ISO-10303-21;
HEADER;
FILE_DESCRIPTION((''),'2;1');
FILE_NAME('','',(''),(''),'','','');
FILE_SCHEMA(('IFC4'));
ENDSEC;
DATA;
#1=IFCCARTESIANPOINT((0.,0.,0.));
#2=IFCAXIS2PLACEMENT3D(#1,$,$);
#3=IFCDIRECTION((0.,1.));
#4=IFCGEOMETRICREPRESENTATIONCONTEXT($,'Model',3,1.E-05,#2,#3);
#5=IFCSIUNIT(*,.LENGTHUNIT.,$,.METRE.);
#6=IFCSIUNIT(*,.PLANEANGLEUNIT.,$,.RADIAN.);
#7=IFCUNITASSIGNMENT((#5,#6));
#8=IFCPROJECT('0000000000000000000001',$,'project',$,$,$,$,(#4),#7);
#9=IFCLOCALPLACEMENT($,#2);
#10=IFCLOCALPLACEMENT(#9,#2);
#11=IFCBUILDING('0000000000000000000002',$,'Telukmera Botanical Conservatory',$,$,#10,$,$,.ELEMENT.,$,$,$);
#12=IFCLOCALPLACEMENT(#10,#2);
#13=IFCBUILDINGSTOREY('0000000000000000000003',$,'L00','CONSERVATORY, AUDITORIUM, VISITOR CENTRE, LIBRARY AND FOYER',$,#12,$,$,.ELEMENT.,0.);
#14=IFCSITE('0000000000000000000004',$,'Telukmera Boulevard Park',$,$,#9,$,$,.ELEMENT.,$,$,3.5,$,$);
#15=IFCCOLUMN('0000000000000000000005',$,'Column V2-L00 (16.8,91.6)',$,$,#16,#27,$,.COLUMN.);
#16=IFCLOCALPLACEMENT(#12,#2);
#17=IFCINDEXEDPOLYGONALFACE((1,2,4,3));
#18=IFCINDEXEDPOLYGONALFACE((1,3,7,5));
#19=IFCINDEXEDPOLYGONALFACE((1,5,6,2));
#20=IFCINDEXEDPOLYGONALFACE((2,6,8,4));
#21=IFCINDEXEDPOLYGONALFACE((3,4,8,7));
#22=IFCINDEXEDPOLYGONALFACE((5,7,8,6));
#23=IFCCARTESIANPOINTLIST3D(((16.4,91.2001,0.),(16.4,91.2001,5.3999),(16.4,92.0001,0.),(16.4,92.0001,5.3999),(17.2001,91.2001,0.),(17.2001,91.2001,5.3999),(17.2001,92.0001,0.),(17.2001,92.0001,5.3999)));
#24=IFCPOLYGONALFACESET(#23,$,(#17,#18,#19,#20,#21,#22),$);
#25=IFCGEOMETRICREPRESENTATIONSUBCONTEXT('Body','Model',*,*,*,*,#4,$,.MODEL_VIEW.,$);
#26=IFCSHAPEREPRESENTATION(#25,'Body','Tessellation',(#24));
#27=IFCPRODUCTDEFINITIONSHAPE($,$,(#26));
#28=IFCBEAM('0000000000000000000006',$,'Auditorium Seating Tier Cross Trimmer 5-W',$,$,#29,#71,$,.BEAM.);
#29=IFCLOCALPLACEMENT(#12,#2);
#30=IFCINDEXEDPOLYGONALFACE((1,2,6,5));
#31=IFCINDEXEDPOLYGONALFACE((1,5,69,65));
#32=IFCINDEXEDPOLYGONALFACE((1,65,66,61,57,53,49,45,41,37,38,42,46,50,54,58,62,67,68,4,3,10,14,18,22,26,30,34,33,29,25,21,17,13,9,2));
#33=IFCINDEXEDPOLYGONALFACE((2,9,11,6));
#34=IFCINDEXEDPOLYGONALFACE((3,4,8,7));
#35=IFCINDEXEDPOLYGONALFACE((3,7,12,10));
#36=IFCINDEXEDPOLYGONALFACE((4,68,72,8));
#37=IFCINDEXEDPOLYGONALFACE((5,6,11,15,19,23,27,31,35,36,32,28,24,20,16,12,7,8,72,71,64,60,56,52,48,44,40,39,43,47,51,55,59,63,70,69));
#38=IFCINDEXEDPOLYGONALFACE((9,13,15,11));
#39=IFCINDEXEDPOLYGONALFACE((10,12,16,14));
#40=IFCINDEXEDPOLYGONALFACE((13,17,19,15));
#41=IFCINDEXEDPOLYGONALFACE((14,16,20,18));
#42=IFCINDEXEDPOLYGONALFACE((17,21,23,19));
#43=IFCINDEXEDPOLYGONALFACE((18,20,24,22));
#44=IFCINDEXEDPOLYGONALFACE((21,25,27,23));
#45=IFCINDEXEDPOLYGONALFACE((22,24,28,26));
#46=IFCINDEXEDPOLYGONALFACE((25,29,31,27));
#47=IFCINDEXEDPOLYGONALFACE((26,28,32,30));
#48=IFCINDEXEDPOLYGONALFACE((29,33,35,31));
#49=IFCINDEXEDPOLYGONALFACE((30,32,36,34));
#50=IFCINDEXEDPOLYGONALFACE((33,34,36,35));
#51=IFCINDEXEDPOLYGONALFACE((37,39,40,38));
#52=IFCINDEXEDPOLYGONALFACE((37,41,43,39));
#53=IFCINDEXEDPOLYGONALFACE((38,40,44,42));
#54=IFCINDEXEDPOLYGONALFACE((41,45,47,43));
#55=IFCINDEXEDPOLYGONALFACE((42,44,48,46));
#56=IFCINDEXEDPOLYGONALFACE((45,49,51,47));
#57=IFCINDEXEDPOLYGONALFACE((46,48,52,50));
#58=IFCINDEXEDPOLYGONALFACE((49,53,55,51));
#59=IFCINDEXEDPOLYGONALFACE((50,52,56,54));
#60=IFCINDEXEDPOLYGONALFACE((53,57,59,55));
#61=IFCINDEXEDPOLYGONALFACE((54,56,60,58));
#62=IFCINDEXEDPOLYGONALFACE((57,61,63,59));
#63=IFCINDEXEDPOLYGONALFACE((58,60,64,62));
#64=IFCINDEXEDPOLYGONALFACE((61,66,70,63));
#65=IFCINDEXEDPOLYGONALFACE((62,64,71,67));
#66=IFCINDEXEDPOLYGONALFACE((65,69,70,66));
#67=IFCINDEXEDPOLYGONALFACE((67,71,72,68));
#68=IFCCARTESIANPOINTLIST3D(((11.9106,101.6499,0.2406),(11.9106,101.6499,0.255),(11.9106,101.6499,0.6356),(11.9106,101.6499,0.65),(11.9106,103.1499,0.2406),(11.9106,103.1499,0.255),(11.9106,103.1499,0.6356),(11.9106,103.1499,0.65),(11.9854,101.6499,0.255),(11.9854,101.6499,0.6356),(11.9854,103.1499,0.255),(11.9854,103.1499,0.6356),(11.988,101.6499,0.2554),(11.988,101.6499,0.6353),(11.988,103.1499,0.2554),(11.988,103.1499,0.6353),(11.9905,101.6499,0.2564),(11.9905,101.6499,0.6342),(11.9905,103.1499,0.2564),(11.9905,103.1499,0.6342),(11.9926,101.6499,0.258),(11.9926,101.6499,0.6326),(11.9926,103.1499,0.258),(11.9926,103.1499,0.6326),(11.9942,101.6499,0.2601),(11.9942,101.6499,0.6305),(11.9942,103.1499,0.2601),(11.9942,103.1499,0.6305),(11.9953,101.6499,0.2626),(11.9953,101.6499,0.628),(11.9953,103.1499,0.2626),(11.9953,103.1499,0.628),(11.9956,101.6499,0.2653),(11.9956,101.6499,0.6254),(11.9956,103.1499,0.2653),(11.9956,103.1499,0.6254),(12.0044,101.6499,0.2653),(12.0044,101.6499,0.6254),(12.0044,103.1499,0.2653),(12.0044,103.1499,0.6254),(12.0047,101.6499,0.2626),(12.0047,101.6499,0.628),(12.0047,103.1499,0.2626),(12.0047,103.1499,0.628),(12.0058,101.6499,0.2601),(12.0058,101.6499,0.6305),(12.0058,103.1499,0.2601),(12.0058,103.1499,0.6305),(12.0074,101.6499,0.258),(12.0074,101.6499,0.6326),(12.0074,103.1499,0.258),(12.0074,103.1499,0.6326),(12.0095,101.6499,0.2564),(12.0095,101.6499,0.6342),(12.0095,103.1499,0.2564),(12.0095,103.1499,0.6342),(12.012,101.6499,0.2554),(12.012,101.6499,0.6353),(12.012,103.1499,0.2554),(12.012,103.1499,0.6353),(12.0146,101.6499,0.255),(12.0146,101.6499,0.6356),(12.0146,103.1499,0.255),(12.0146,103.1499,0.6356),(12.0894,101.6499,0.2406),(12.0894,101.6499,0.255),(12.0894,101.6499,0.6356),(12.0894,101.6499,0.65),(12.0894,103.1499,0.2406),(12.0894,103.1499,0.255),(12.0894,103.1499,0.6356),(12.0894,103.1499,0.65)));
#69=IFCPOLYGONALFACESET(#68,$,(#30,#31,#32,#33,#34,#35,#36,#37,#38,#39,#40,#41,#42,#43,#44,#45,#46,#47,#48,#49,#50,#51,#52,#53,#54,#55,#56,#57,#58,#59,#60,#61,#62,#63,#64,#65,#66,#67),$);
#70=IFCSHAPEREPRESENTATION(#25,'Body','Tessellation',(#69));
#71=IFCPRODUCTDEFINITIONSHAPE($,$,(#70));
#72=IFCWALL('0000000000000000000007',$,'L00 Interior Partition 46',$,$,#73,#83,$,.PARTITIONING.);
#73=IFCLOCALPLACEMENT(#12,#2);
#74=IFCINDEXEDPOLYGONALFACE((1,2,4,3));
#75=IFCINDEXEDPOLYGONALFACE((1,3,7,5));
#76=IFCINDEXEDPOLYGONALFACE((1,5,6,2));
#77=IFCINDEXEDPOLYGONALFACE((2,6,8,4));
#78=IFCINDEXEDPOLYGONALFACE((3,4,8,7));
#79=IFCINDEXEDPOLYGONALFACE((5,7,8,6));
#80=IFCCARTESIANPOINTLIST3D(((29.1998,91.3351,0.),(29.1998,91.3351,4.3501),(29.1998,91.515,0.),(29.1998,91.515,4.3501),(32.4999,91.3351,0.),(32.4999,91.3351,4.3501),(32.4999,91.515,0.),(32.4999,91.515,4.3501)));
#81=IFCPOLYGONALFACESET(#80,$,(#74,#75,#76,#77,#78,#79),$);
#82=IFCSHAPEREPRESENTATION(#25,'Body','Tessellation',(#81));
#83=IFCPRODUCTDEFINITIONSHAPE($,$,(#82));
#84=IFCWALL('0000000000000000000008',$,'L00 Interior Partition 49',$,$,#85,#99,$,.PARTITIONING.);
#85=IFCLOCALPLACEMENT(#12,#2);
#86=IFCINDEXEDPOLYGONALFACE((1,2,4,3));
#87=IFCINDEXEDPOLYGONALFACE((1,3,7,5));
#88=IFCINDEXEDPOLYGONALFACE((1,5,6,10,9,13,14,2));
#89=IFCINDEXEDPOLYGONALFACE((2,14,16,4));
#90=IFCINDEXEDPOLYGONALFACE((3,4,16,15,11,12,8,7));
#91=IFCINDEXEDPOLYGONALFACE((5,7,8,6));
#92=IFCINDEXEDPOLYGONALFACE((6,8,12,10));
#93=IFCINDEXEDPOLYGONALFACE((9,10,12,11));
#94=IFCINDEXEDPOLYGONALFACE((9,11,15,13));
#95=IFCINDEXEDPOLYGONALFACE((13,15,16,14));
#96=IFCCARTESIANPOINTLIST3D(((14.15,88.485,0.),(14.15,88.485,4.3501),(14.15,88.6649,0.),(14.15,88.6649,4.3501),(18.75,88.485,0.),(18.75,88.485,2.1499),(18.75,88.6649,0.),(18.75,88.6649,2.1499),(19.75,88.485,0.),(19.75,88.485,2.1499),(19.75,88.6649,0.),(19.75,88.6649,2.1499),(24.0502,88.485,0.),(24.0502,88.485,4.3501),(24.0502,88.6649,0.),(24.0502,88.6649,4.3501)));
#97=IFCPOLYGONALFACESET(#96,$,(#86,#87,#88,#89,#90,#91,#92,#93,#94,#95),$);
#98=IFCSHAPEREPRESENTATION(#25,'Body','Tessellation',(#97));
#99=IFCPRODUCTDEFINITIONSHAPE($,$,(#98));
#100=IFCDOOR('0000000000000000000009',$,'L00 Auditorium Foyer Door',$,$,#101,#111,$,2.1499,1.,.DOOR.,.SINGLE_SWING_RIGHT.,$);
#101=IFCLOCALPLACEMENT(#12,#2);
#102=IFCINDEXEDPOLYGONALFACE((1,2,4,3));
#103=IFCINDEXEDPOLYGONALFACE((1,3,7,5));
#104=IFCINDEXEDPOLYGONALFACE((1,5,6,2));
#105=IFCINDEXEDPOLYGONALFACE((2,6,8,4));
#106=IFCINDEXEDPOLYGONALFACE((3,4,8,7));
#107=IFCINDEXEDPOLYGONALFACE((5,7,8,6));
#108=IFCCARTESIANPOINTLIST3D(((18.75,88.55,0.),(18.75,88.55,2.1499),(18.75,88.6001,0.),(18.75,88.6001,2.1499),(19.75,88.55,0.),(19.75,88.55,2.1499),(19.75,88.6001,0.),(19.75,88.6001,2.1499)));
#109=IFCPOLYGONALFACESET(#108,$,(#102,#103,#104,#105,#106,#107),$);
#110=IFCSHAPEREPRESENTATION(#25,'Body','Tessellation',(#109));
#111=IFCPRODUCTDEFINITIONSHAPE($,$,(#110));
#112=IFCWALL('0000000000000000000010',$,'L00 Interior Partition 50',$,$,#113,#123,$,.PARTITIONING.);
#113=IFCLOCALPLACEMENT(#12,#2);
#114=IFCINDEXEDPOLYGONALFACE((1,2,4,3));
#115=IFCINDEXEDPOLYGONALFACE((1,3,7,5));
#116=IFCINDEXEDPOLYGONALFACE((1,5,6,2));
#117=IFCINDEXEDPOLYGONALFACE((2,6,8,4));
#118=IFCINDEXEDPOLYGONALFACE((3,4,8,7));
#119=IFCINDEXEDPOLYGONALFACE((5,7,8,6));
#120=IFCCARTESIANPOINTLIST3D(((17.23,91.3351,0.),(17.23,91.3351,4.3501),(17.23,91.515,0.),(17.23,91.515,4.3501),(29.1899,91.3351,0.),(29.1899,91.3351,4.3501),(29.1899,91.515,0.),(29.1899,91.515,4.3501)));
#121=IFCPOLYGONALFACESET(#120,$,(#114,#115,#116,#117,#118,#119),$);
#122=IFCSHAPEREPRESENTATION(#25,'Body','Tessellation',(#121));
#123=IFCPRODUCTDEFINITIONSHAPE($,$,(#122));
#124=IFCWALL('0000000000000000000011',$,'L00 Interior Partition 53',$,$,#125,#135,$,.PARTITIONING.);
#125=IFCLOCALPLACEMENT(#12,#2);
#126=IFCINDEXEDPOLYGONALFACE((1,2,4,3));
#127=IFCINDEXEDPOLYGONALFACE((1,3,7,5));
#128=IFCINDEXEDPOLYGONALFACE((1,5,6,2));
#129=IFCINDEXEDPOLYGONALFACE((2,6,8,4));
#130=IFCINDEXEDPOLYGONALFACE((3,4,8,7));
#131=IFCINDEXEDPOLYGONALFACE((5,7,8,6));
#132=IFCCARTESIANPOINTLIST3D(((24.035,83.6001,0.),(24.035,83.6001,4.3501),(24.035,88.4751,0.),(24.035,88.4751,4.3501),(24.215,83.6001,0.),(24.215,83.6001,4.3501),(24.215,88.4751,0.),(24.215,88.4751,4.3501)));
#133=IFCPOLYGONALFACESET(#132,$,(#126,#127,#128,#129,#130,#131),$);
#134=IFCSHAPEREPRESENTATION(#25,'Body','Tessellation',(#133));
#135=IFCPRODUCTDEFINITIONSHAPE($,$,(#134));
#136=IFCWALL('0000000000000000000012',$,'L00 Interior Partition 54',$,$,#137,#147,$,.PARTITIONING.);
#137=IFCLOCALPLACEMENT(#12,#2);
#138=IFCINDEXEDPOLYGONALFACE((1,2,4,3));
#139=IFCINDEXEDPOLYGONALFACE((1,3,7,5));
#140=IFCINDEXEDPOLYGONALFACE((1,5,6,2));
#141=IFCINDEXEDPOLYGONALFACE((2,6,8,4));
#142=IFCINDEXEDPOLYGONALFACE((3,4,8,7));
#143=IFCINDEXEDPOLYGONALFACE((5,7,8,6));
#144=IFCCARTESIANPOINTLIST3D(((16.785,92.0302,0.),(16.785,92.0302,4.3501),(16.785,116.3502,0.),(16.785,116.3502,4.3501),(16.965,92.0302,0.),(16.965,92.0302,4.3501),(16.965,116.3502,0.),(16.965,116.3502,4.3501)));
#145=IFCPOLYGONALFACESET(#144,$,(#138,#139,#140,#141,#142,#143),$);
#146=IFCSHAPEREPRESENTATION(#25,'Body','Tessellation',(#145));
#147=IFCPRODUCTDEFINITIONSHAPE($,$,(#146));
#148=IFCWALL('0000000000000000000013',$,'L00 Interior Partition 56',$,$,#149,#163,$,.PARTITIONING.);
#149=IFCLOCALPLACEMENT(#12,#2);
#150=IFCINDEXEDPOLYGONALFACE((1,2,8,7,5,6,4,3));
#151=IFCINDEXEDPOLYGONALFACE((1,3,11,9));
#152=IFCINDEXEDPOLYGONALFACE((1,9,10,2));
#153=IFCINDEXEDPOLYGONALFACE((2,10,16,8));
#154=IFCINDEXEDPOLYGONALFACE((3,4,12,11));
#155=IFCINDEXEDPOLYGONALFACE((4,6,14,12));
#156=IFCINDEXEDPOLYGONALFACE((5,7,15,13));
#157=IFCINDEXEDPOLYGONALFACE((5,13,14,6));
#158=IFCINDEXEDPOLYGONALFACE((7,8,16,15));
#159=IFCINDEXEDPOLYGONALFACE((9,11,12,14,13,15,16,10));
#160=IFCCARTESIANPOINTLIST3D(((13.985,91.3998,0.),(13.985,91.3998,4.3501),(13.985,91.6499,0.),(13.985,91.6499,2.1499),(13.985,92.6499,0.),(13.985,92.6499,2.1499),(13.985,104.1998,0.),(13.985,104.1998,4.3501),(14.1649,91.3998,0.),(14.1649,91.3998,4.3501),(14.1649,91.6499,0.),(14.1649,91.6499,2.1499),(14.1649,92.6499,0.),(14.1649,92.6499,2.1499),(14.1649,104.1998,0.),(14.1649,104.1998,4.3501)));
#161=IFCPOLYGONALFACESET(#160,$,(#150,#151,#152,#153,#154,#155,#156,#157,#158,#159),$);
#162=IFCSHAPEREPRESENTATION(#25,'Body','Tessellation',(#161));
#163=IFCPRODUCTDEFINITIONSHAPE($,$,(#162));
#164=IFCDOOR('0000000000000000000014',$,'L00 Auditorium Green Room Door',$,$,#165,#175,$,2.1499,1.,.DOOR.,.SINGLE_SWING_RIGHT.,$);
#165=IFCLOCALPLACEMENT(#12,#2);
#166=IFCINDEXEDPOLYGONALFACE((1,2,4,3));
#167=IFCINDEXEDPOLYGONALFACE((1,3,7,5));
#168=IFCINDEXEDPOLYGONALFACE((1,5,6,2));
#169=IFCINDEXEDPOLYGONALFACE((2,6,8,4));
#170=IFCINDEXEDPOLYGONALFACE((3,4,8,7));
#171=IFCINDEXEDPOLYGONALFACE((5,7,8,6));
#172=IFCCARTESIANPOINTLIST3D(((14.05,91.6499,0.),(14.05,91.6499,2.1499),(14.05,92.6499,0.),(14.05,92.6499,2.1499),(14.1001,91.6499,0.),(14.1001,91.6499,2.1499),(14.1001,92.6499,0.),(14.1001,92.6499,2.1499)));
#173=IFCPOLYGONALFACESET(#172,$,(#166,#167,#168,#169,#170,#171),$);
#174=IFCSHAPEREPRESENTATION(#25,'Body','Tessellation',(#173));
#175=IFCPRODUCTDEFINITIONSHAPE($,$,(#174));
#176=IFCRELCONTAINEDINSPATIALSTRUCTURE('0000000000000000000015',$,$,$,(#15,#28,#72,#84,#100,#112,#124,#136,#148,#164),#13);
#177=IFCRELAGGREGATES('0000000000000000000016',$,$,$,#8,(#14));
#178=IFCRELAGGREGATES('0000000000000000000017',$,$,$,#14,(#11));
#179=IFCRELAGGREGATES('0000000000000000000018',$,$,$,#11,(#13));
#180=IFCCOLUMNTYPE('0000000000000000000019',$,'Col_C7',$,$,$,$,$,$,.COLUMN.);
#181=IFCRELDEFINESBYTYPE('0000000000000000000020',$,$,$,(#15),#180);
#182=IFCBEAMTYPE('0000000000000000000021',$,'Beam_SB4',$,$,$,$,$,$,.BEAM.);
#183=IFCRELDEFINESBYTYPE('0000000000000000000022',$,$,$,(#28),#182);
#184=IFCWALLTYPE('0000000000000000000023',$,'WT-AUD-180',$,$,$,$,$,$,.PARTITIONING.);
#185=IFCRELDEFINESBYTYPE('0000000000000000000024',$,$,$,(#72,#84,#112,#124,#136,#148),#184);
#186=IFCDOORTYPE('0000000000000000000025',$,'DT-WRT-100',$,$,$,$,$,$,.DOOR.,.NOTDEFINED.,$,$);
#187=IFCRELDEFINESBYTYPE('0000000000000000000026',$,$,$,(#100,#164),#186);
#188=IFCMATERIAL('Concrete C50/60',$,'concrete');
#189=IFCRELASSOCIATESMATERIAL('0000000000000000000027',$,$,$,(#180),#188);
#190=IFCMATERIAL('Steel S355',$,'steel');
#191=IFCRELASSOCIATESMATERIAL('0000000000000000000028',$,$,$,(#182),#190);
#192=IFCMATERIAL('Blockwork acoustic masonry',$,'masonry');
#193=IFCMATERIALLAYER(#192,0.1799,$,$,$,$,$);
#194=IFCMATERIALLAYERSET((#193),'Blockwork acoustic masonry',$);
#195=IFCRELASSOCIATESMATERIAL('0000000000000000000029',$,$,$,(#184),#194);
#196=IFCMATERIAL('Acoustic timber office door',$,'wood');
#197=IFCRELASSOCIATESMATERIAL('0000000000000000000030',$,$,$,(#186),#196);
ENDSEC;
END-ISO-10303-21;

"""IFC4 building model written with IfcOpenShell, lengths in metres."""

from ifc_helpers import new_model, si_unit, direction, frame, frame_2d, origin, origin_2d, place, context, subcontext, project, spatial, rectangle, i_section, extrude, material, layer, layer_set, material_profile, profile_set, type_object, element, fill, save


model = new_model("IFC4")

# Units and contexts
model_context = context("Model", 3, precision=1e-05, world=origin(), true_north=direction((0.0, 1.0)))
body_context = subcontext(model_context, "Body", "Model", "MODEL_VIEW")
ifc_project = project(units=[si_unit("LENGTHUNIT", "METRE"), si_unit("PLANEANGLEUNIT", "RADIAN")], contexts=[model_context])

# Site, building, storey
site_placement = place(None, origin())
site = spatial("IfcSite", under=ifc_project, at=site_placement, Name="Telukmera Boulevard Park", CompositionType="ELEMENT", RefElevation=3.5)
building_placement = place(site_placement, origin())
building = spatial("IfcBuilding", under=site, at=building_placement, Name="Telukmera Botanical Conservatory", CompositionType="ELEMENT")
storey_placement = place(building_placement, origin())
storey = spatial("IfcBuildingStorey", under=building, at=storey_placement, Name="L00", Description="CONSERVATORY, AUDITORIUM, VISITOR CENTRE, LIBRARY AND FOYER", CompositionType="ELEMENT", Elevation=0.0)

# Column
ifc_material_1 = material(Name="Concrete C50/60", Category="concrete")
ifc_material_profile_1 = material_profile(ifc_material_1, rectangle(XDim=0.8, YDim=0.8, at=origin_2d()), Name="RC 800x800")
ifc_profile_set_1 = profile_set([ifc_material_profile_1], Name="Concrete C50/60")
column_type = type_object("IfcColumnType", Name="Col_C7", PredefinedType="COLUMN", material=ifc_profile_set_1)
column_placement = place(storey_placement, frame((16.8, 91.6001, 0.0), z_axis=(0.0, 0.0, 1.0), x_axis=(1.0, 0.0, 0.0)))
element("IfcColumn", 1, at=column_placement, inside=storey, type_object=column_type, Name="Column V2-L00 (16.8,91.6)", PredefinedType="COLUMN", context=body_context, shape_type="SweptSolid", body=[
    extrude(rectangle(XDim=0.8, YDim=0.8, at=origin_2d()), origin(), (0.0, 0.0, 1.0), 5.3999),
])

# Beam
ifc_material_2 = material(Name="Steel S355", Category="steel")
ifc_material_profile_2 = material_profile(ifc_material_2, i_section(OverallWidth=0.1787, OverallDepth=0.4094, WebThickness=0.0088, FlangeThickness=0.0144, FilletRadius=0.0103, at=origin_2d()), Name="UB 406x178x67")
ifc_profile_set_2 = profile_set([ifc_material_profile_2], Name="Steel S355")
beam_type = type_object("IfcBeamType", Name="Beam_SB4", PredefinedType="BEAM", material=ifc_profile_set_2)
beam_placement = place(storey_placement, frame((12.0, 101.6499, 0.4453), z_axis=(0.0, 1.0, 0.0), x_axis=(-1.0, 0.0, 0.0)))
element("IfcBeam", 2, at=beam_placement, inside=storey, type_object=beam_type, Name="Auditorium Seating Tier Cross Trimmer 5-W", PredefinedType="BEAM", context=body_context, shape_type="SweptSolid", body=[
    extrude(i_section(OverallWidth=0.1787, OverallDepth=0.4094, WebThickness=0.0088, FlangeThickness=0.0144, FilletRadius=0.0103, at=origin_2d()), origin(), (0.0, 0.0, 1.0), 1.5),
])

# Wall
ifc_material_3 = material(Name="Blockwork acoustic masonry", Category="masonry")
ifc_layer_1 = layer(ifc_material_3, 0.1799)
ifc_layer_set_1 = layer_set([ifc_layer_1], Name="Blockwork acoustic masonry")
wall_type_1 = type_object("IfcWallType", Name="WT-AUD-180", PredefinedType="PARTITIONING", material=ifc_layer_set_1)
wall_1_placement = place(storey_placement, frame((29.2, 91.425, 0.0), z_axis=(0.0, 0.0, 1.0), x_axis=(1.0, 0.0, 0.0)))
element("IfcWall", 3, at=wall_1_placement, inside=storey, type_object=wall_type_1, Name="L00 Interior Partition 46", PredefinedType="PARTITIONING", context=body_context, shape_type="SweptSolid", body=[
    extrude(rectangle(XDim=3.3, YDim=0.1799, at=frame_2d((1.6499, 0.0))), origin(), (0.0, 0.0, 1.0), 4.3501),
])

# Wall, opening, door
wall_2_placement = place(storey_placement, frame((14.1499, 88.575, 0.0), z_axis=(0.0, 0.0, 1.0), x_axis=(1.0, 0.0, 0.0)))
wall_2 = element("IfcWall", 4, at=wall_2_placement, inside=storey, type_object=wall_type_1, Name="L00 Interior Partition 49", PredefinedType="PARTITIONING", context=body_context, shape_type="SweptSolid", body=[
    extrude(rectangle(XDim=9.9001, YDim=0.1799, at=frame_2d((4.9502, 0.0))), origin(), (0.0, 0.0, 1.0), 4.3501),
])
opening_1_placement = place(wall_2_placement, frame((4.6001, 0.0, 0.0)))
opening_1 = element("IfcOpeningElement", 5, at=opening_1_placement, cuts=wall_2, PredefinedType="OPENING", context=body_context, shape_type="SweptSolid", body=[
    extrude(rectangle(XDim=1.0, YDim=2.1499, at=frame_2d((0.5, 1.075))), frame((0.0, 0.0999, 0.0), z_axis=(0.0, -1.0, 0.0), x_axis=(1.0, 0.0, 0.0)), (0.0, 0.0, 1.0), 0.2),
])
ifc_material_4 = material(Name="Acoustic timber office door", Category="wood")
door_type_1 = type_object("IfcDoorType", Name="DT-WRT-100", OperationType="NOTDEFINED", PredefinedType="DOOR", material=ifc_material_4)
door_1_placement = place(opening_1_placement, frame((1.0, 0.0, 0.0), z_axis=(0.0, 0.0, 1.0), x_axis=(-1.0, 0.0, 0.0)))
door_1 = element("IfcDoor", 6, at=door_1_placement, inside=storey, type_object=door_type_1, Name="L00 Auditorium Foyer Door", OperationType="SINGLE_SWING_RIGHT", OverallHeight=2.1499, OverallWidth=1.0, PredefinedType="DOOR", context=body_context, shape_type="SweptSolid", body=[
    extrude(rectangle(XDim=1.0, YDim=2.1499, at=frame_2d((0.5, 1.075))), frame((0.0, 0.0249, 0.0), z_axis=(0.0, -1.0, 0.0), x_axis=(1.0, 0.0, 0.0)), (0.0, 0.0, 1.0), 0.05),
])
fill(opening_1, door_1)

# Walls
wall_3_placement = place(storey_placement, frame((17.23, 91.425, 0.0), z_axis=(0.0, 0.0, 1.0), x_axis=(1.0, 0.0, 0.0)))
element("IfcWall", 7, at=wall_3_placement, inside=storey, type_object=wall_type_1, Name="L00 Interior Partition 50", PredefinedType="PARTITIONING", context=body_context, shape_type="SweptSolid", body=[
    extrude(rectangle(XDim=11.96, YDim=0.1799, at=frame_2d((5.98, 0.0))), origin(), (0.0, 0.0, 1.0), 4.3501),
])
wall_4_placement = place(storey_placement, frame((24.125, 83.6001, 0.0), z_axis=(0.0, 0.0, 1.0), x_axis=(0.0, 1.0, 0.0)))
element("IfcWall", 8, at=wall_4_placement, inside=storey, type_object=wall_type_1, Name="L00 Interior Partition 53", PredefinedType="PARTITIONING", context=body_context, shape_type="SweptSolid", body=[
    extrude(rectangle(XDim=4.875, YDim=0.1799, at=frame_2d((2.4375, 0.0))), origin(), (0.0, 0.0, 1.0), 4.3501),
])
wall_5_placement = place(storey_placement, frame((16.875, 92.03, 0.0), z_axis=(0.0, 0.0, 1.0), x_axis=(0.0, 1.0, 0.0)))
element("IfcWall", 9, at=wall_5_placement, inside=storey, type_object=wall_type_1, Name="L00 Interior Partition 54", PredefinedType="PARTITIONING", context=body_context, shape_type="SweptSolid", body=[
    extrude(rectangle(XDim=24.3201, YDim=0.1799, at=frame_2d((12.1602, 0.0))), origin(), (0.0, 0.0, 1.0), 4.3501),
])

# Wall, opening, door
wall_6_placement = place(storey_placement, frame((14.075, 91.3999, 0.0), z_axis=(0.0, 0.0, 1.0), x_axis=(0.0, 1.0, 0.0)))
wall_6 = element("IfcWall", 10, at=wall_6_placement, inside=storey, type_object=wall_type_1, Name="L00 Interior Partition 56", PredefinedType="PARTITIONING", context=body_context, shape_type="SweptSolid", body=[
    extrude(rectangle(XDim=12.8, YDim=0.1799, at=frame_2d((6.3999, 0.0))), origin(), (0.0, 0.0, 1.0), 4.3501),
])
opening_2_placement = place(wall_6_placement, frame((0.25, 0.0, 0.0)))
opening_2 = element("IfcOpeningElement", 11, at=opening_2_placement, cuts=wall_6, PredefinedType="OPENING", context=body_context, shape_type="SweptSolid", body=[
    extrude(rectangle(XDim=1.0, YDim=2.1499, at=frame_2d((0.5, 1.075))), frame((0.0, 0.0999, 0.0), z_axis=(0.0, -1.0, 0.0), x_axis=(1.0, 0.0, 0.0)), (0.0, 0.0, 1.0), 0.2),
])
door_2_placement = place(opening_2_placement, origin())
door_2 = element("IfcDoor", 12, at=door_2_placement, inside=storey, type_object=door_type_1, Name="L00 Auditorium Green Room Door", OperationType="SINGLE_SWING_RIGHT", OverallHeight=2.1499, OverallWidth=1.0, PredefinedType="DOOR", context=body_context, shape_type="SweptSolid", body=[
    extrude(rectangle(XDim=1.0, YDim=2.1499, at=frame_2d((0.5, 1.075))), frame((0.0, 0.0249, 0.0), z_axis=(0.0, -1.0, 0.0), x_axis=(1.0, 0.0, 0.0)), (0.0, 0.0, 1.0), 0.05),
])
fill(opening_2, door_2)

save(model, "model.ifc")
